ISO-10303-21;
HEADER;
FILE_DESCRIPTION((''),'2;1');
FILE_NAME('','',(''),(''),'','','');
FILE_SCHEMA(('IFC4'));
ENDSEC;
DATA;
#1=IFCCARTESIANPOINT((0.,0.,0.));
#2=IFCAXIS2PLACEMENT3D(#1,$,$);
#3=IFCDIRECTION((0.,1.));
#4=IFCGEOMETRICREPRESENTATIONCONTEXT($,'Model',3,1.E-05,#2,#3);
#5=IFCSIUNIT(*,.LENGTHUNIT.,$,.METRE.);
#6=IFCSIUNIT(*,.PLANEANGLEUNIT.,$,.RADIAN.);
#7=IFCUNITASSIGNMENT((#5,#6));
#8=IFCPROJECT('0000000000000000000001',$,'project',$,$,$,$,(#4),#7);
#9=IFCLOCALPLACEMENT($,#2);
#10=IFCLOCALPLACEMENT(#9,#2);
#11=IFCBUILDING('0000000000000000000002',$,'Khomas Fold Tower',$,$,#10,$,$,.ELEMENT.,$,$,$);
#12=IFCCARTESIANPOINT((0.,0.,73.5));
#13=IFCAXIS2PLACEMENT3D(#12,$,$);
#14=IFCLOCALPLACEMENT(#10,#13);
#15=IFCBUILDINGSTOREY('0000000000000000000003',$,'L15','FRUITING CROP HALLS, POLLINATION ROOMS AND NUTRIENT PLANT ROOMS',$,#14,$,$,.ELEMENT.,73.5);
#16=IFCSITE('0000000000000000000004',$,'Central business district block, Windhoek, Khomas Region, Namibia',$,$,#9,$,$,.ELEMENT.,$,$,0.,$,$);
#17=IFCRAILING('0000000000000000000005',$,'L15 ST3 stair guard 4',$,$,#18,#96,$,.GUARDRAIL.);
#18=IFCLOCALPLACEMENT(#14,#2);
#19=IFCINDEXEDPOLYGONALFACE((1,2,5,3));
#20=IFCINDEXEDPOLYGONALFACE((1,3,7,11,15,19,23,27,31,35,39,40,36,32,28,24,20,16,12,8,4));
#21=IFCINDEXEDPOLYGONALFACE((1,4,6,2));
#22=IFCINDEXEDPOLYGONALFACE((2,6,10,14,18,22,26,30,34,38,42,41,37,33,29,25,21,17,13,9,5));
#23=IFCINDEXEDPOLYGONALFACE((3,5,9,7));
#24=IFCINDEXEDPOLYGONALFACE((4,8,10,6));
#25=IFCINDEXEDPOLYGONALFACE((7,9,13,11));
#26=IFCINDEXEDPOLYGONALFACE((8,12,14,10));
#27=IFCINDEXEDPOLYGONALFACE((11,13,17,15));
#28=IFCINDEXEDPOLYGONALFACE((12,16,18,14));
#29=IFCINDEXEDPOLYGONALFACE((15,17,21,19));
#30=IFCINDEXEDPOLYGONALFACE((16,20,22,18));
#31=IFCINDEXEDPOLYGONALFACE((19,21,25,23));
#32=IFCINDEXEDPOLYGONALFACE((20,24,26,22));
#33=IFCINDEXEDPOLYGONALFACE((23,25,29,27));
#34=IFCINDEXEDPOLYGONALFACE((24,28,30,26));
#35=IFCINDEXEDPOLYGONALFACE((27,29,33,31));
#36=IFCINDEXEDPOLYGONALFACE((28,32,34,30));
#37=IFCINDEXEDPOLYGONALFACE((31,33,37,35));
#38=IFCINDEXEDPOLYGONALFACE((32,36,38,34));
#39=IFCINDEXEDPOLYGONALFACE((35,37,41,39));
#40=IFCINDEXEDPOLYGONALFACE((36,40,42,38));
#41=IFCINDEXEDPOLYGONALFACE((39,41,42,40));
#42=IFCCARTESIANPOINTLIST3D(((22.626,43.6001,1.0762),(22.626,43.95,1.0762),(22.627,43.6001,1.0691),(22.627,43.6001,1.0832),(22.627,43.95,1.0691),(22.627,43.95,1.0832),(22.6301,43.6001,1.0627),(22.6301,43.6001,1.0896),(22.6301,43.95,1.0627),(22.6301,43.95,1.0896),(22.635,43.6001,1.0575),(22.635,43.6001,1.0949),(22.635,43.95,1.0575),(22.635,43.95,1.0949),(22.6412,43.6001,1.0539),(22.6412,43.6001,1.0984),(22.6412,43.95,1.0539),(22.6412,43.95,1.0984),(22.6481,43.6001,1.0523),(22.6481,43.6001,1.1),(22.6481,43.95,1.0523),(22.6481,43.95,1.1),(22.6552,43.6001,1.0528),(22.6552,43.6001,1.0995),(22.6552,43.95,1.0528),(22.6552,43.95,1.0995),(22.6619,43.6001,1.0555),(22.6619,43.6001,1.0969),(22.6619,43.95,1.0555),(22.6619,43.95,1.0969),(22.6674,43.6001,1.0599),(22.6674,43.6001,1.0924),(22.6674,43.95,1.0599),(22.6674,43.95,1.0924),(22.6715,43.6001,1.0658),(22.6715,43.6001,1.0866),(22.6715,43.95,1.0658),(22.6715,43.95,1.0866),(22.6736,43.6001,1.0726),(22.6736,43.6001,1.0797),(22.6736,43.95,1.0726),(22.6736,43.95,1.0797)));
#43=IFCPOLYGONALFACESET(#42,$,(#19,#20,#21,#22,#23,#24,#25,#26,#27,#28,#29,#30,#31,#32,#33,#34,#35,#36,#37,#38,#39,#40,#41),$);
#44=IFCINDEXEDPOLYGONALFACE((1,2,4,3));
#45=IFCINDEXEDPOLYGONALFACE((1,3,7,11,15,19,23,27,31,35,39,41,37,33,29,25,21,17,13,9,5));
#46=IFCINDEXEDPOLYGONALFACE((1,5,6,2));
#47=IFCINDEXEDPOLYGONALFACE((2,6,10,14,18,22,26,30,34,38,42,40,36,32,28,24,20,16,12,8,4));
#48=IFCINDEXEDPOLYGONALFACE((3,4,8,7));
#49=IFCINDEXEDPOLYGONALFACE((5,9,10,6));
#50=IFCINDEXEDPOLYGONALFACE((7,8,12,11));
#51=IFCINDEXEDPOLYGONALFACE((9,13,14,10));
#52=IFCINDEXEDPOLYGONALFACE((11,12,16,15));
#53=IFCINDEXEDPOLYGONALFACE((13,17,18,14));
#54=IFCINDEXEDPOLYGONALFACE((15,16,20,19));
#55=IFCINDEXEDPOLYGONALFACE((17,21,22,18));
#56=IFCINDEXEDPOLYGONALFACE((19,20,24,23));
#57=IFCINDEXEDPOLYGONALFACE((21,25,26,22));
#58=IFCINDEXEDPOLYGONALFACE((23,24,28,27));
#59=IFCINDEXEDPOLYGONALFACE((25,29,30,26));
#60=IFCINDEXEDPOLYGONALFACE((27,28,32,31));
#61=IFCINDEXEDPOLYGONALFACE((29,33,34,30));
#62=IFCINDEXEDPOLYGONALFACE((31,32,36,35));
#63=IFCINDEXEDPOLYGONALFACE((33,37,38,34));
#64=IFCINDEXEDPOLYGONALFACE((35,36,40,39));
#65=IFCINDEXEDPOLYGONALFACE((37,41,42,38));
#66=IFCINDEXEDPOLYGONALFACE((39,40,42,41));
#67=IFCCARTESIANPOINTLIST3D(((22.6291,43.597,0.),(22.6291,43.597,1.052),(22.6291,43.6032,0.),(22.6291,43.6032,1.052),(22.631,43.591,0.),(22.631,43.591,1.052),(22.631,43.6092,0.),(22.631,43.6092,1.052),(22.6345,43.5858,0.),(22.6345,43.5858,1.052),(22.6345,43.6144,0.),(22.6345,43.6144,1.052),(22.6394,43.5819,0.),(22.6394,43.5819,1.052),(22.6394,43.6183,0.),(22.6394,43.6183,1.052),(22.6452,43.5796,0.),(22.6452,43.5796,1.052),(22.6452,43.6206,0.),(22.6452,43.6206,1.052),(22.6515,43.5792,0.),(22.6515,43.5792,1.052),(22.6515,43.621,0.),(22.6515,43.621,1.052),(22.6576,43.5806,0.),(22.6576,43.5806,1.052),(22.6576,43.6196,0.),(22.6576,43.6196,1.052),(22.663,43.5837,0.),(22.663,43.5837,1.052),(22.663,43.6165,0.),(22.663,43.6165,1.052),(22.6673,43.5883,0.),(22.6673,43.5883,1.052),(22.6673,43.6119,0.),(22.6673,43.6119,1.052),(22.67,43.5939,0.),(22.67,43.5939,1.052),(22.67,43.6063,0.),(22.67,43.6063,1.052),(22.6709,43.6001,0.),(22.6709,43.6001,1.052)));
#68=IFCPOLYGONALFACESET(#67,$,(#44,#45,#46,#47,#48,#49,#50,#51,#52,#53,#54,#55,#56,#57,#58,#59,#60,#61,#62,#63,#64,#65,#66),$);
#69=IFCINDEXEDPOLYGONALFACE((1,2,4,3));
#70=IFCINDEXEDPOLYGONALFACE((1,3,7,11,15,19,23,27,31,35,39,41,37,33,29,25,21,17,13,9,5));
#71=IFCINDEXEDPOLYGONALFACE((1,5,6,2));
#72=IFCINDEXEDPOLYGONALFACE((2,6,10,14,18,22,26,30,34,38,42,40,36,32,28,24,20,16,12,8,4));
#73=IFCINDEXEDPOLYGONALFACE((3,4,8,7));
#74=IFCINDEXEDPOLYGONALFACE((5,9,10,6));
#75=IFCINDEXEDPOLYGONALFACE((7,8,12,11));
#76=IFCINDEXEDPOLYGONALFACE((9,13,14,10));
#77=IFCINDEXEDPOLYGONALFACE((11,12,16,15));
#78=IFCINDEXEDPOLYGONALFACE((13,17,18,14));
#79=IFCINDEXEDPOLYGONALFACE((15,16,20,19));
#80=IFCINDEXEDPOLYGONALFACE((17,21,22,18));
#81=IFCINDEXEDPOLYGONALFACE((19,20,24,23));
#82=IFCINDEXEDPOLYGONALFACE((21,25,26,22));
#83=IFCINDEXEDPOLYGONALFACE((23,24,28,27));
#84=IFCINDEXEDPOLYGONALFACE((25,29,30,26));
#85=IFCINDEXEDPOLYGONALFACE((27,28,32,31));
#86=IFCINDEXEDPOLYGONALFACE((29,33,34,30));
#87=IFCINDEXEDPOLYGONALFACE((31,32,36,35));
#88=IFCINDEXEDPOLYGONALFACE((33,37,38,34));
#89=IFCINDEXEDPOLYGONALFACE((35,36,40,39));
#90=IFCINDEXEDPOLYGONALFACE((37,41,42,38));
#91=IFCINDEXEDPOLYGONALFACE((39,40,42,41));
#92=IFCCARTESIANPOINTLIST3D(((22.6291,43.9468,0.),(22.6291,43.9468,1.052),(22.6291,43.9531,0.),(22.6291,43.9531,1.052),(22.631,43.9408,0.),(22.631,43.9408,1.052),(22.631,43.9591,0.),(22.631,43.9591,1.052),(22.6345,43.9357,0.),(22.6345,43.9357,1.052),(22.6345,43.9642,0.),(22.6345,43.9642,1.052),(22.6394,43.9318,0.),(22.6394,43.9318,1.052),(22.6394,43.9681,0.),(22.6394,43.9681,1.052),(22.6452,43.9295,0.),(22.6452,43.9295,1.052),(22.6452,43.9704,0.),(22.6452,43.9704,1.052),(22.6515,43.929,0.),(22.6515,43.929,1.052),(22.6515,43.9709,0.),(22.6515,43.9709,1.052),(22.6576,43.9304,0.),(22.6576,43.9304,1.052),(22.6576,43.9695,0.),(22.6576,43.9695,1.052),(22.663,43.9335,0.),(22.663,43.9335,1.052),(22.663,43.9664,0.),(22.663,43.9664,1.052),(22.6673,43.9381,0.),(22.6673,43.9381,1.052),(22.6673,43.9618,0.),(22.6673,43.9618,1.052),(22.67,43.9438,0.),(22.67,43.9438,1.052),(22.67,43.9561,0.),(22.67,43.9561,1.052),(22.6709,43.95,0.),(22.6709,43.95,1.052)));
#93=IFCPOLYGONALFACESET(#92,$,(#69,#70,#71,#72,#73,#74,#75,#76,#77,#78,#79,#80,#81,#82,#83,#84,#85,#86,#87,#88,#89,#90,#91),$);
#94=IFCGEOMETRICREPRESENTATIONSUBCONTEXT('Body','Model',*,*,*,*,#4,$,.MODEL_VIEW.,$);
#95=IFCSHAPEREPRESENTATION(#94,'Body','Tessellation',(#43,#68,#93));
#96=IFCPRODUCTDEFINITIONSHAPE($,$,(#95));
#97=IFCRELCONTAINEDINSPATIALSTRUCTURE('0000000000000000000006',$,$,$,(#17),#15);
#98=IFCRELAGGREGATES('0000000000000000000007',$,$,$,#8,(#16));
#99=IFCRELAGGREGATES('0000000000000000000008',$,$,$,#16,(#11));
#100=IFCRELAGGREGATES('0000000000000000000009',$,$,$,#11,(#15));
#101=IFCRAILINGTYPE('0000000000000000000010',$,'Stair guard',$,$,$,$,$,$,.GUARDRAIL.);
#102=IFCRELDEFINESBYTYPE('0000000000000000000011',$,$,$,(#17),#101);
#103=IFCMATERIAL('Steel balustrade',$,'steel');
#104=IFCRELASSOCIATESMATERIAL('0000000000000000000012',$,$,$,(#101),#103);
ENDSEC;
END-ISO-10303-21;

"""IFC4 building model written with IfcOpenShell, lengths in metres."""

from ifc_helpers import new_model, si_unit, direction, frame, origin, origin_2d, place, context, subcontext, project, spatial, circle, extrude, source, transform, mapped, material, type_object, element, save


model = new_model("IFC4")

# Units and contexts
model_context = context("Model", 3, precision=1e-05, world=origin(), true_north=direction((0.0, 1.0)))
body_context = subcontext(model_context, "Body", "Model", "MODEL_VIEW")
ifc_project = project(units=[si_unit("LENGTHUNIT", "METRE"), si_unit("PLANEANGLEUNIT", "RADIAN")], contexts=[model_context])

# Site, building, storey
site_placement = place(None, origin())
site = spatial("IfcSite", under=ifc_project, at=site_placement, Name="Central business district block, Windhoek, Khomas Region, Namibia", CompositionType="ELEMENT", RefElevation=0.0)
building_placement = place(site_placement, origin())
building = spatial("IfcBuilding", under=site, at=building_placement, Name="Khomas Fold Tower", CompositionType="ELEMENT")
storey_placement = place(building_placement, frame((0.0, 0.0, 73.5)))
storey = spatial("IfcBuildingStorey", under=building, at=storey_placement, Name="L15", Description="FRUITING CROP HALLS, POLLINATION ROOMS AND NUTRIENT PLANT ROOMS", CompositionType="ELEMENT", Elevation=73.5)

# Railing
ifc_material_1 = material(Name="Steel balustrade", Category="steel")
railing_type_1 = type_object("IfcRailingType", Name="Stair guard", PredefinedType="GUARDRAIL", material=ifc_material_1)
shared_shape_1 = source(origin(), body_context, "Body", "SweptSolid", [
    extrude(circle(Radius=0.0239, at=origin_2d()), frame((0.0, 0.0, 1.0762), z_axis=(0.0, 1.0, 0.0), x_axis=(-1.0, 0.0, 0.0)), (0.0, 0.0, 1.0), 0.3499),
    extrude(circle(Radius=0.021, at=origin_2d()), origin(), (0.0, 0.0, 1.0), 1.052),
    extrude(circle(Radius=0.021, at=origin_2d()), frame((0.0, 0.3499, 0.0)), (0.0, 0.0, 1.0), 1.052),
])
for number, where, name in (
    (1, (22.6499, 43.6001, 0.0), "L15 ST3 stair guard 4"),
):
    element("IfcRailing", number, at=place(storey_placement, frame(where)), inside=storey, type_object=railing_type_1, Name=name, PredefinedType="GUARDRAIL", context=body_context, shape_type="MappedRepresentation", body=[
        mapped(shared_shape_1, transform((0.0, 0.0, 0.0))),
    ])

save(model, "model.ifc")
